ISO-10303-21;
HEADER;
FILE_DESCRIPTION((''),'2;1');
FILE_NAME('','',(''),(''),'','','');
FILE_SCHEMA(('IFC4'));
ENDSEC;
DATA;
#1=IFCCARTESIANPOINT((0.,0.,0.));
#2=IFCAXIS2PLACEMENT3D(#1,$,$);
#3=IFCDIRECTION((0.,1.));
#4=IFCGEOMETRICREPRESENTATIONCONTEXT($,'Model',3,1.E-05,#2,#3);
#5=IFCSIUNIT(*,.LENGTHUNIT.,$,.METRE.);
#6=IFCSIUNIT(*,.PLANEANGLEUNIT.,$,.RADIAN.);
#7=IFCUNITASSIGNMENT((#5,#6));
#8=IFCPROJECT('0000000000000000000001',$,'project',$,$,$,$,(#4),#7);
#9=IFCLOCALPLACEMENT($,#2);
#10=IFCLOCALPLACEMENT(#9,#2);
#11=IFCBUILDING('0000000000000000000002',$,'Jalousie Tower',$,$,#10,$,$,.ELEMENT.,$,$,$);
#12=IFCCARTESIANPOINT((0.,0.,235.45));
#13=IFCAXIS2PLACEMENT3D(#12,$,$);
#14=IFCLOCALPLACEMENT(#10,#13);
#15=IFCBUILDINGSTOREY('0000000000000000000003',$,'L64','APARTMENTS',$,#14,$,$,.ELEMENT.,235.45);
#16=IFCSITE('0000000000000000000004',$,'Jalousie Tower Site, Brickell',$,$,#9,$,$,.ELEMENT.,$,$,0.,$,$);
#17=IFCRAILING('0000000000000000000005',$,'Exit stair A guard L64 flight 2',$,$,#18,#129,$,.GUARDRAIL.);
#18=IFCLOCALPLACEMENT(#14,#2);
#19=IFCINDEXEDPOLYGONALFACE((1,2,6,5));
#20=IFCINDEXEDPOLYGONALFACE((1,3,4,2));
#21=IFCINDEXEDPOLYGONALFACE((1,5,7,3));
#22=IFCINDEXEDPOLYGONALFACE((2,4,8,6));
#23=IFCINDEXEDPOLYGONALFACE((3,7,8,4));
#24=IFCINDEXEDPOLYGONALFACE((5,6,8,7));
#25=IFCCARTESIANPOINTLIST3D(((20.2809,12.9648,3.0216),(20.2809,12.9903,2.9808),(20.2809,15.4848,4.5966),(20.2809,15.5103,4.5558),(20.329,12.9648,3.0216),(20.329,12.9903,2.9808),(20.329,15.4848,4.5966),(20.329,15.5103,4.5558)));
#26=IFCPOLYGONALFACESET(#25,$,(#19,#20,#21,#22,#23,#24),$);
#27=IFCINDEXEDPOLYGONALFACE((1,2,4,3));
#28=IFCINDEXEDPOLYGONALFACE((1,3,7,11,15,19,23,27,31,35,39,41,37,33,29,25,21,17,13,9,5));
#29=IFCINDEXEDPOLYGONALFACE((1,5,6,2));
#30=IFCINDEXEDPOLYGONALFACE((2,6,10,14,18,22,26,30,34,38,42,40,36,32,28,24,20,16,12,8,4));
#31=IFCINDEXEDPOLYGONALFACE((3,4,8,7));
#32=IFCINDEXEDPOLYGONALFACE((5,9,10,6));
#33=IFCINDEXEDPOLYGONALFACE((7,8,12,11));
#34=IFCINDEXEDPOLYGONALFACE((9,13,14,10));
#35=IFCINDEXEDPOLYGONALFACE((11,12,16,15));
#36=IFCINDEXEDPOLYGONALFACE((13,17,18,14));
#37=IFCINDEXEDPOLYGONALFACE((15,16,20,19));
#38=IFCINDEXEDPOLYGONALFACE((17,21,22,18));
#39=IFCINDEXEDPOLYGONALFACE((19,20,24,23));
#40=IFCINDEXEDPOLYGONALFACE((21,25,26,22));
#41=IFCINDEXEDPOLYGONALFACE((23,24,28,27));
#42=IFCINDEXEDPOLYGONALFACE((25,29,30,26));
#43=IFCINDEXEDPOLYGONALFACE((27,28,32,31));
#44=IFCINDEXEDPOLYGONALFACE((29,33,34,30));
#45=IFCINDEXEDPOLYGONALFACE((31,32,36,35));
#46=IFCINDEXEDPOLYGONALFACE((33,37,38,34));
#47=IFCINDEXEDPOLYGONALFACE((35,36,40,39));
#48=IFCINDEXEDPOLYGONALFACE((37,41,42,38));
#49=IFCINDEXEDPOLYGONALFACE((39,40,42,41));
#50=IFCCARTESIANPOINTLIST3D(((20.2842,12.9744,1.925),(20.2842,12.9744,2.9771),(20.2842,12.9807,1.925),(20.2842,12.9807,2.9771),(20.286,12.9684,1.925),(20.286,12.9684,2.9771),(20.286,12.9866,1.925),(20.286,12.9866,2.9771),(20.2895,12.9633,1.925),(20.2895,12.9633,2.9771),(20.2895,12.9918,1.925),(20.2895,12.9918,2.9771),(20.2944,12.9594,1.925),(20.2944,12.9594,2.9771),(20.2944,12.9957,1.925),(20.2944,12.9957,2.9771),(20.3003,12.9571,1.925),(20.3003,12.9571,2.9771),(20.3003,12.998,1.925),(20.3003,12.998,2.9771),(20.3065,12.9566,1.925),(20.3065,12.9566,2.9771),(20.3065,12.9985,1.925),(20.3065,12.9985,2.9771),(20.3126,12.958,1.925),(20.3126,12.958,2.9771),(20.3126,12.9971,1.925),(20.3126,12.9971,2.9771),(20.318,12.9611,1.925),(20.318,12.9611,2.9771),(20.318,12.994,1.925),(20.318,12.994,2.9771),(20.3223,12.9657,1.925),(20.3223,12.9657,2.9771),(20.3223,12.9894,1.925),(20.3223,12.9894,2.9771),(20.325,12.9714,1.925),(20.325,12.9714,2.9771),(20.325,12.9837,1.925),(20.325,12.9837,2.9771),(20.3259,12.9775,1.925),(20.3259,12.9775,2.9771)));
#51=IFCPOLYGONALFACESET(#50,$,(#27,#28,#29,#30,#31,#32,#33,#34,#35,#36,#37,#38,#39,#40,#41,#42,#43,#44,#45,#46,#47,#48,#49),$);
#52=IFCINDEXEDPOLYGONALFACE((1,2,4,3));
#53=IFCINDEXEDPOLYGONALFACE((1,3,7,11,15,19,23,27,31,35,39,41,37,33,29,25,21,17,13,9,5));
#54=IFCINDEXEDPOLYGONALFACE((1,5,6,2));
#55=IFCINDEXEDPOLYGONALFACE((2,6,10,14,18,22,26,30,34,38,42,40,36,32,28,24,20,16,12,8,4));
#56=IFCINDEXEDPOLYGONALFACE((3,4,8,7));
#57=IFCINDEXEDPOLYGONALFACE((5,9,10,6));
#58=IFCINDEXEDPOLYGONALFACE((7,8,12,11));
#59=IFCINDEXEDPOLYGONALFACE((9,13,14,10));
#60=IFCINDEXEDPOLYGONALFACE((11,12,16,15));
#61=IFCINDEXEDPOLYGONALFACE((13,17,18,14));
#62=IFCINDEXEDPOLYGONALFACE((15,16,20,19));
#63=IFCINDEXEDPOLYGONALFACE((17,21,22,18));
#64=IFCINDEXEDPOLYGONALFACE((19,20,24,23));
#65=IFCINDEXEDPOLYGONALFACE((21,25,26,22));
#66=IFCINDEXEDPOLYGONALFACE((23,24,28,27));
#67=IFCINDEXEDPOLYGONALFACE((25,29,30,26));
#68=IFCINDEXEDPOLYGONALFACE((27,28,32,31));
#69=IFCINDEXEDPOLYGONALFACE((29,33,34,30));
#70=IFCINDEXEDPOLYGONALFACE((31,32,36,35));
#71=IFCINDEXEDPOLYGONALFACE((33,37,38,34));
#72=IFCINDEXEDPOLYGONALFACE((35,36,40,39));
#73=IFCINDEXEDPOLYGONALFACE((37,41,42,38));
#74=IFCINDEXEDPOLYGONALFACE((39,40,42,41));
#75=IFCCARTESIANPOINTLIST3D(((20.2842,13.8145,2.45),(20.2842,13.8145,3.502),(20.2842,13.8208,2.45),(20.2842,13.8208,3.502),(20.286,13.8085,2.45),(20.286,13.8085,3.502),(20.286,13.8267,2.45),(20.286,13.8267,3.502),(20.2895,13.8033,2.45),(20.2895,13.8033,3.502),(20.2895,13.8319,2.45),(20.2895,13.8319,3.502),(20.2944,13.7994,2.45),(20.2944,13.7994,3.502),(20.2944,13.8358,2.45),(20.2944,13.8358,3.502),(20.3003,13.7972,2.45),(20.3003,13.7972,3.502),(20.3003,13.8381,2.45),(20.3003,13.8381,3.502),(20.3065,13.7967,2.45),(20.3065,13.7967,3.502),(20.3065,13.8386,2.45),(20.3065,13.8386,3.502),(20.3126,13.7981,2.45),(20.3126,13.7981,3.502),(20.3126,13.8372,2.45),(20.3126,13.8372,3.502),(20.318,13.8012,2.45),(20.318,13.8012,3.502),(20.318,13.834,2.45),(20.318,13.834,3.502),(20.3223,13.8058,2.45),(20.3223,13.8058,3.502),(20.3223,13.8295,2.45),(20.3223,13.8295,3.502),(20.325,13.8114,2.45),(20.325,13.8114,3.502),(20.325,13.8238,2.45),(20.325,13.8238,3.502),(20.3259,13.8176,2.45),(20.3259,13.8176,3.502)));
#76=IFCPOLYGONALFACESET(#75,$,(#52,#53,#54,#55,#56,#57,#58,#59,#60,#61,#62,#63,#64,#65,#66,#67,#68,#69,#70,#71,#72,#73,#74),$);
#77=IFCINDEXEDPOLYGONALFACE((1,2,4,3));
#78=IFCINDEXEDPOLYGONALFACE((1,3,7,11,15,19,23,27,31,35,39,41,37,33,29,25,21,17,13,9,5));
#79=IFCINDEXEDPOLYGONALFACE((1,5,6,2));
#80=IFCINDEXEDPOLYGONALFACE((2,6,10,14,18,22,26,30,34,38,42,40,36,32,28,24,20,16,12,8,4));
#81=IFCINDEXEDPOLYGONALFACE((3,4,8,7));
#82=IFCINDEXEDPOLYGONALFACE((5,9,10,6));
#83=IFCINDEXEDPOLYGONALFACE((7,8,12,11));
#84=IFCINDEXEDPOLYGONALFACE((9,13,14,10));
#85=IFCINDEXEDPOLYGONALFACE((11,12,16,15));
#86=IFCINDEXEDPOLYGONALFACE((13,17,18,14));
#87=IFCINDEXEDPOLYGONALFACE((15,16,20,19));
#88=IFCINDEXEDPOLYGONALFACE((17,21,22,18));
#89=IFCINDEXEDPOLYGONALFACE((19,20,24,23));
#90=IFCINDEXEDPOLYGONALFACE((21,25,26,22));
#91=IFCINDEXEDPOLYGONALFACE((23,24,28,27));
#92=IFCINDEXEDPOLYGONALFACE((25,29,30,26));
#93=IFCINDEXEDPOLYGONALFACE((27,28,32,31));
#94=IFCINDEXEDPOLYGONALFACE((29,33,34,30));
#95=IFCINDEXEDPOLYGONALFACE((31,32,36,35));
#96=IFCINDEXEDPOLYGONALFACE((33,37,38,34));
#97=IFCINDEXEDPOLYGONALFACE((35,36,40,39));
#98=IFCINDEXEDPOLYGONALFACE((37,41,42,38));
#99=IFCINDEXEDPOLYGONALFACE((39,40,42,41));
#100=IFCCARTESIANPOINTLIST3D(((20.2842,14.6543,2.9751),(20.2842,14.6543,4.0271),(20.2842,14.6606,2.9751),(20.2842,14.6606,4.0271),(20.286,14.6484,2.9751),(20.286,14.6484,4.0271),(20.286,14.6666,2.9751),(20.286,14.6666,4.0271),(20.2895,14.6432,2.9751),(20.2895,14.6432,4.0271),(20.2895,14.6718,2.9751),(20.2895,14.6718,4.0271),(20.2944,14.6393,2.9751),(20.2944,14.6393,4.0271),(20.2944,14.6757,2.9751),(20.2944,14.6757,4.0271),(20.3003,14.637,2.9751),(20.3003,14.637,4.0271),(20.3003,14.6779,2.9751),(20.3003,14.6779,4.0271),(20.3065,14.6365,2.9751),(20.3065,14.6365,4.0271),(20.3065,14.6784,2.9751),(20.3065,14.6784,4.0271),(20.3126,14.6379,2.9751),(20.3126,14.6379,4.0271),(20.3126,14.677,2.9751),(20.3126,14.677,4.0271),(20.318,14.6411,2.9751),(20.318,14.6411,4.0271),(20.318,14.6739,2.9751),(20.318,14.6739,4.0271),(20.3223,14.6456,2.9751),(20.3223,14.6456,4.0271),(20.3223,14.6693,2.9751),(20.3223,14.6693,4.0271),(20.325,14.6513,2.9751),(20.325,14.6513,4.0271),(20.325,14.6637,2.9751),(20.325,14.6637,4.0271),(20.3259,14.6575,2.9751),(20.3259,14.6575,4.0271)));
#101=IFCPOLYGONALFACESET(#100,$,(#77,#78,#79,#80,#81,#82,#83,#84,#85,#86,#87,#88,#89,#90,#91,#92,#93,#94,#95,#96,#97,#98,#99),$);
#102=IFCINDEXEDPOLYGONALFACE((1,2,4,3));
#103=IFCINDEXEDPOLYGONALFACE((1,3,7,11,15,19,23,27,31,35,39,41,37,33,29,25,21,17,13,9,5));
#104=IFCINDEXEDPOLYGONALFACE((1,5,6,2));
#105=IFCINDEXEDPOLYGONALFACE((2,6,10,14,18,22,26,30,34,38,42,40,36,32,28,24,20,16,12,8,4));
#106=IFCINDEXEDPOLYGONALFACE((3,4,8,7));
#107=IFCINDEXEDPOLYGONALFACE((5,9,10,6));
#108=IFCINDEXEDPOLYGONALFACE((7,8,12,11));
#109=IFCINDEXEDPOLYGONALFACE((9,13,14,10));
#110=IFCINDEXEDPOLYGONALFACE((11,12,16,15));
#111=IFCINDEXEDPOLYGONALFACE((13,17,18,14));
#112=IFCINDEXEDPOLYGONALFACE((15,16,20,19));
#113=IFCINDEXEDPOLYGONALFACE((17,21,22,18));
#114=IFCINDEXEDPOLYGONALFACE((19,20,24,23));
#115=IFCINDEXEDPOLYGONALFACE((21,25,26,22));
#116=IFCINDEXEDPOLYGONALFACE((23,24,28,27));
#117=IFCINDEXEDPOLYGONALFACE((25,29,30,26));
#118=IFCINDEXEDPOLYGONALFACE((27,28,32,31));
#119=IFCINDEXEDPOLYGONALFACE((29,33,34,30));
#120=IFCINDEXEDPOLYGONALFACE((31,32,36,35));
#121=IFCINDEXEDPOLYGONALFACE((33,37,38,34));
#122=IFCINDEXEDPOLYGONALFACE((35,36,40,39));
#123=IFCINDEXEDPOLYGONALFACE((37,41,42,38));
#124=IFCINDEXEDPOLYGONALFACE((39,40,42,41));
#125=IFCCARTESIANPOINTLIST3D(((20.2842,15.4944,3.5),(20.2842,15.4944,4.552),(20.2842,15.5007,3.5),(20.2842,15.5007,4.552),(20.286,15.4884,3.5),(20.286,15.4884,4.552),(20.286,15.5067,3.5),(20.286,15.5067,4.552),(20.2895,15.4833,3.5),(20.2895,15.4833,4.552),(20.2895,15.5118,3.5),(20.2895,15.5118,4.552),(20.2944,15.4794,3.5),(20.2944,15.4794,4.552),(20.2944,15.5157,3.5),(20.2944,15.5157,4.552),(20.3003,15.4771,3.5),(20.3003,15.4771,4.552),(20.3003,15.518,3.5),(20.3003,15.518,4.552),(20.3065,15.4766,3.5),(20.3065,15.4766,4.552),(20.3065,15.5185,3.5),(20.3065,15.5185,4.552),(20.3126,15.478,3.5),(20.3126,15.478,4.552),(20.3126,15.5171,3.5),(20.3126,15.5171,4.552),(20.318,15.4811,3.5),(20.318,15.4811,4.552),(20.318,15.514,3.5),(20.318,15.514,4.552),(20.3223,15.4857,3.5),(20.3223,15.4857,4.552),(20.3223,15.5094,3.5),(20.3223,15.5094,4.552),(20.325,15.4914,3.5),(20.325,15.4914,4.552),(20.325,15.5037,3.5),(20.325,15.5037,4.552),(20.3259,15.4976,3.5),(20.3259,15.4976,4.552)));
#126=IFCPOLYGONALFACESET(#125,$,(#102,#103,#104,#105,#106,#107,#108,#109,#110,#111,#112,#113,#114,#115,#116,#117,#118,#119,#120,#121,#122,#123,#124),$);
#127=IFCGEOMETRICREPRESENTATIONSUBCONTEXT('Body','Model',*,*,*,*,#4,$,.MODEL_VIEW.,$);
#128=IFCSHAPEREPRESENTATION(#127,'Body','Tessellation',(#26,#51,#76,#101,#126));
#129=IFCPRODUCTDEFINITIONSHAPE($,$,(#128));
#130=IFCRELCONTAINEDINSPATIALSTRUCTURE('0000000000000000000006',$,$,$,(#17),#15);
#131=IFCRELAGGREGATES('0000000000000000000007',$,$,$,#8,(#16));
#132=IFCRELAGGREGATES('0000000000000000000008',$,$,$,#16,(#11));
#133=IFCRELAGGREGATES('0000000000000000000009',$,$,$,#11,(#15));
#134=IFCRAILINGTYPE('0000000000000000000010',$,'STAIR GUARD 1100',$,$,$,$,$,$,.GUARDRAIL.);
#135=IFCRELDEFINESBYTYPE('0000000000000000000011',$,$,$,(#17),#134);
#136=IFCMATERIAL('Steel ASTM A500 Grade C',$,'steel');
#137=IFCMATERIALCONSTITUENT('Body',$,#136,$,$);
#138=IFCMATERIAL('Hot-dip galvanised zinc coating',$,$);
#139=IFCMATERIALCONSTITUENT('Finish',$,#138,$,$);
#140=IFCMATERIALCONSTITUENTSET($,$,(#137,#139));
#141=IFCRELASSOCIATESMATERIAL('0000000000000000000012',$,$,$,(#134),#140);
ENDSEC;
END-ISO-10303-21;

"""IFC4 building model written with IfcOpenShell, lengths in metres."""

from ifc_helpers import new_model, si_unit, direction, frame, origin, origin_2d, place, context, subcontext, project, spatial, rectangle, circle, extrude, material, constituent, constituent_set, type_object, element, save


model = new_model("IFC4")

# Units and contexts
model_context = context("Model", 3, precision=1e-05, world=origin(), true_north=direction((0.0, 1.0)))
body_context = subcontext(model_context, "Body", "Model", "MODEL_VIEW")
ifc_project = project(units=[si_unit("LENGTHUNIT", "METRE"), si_unit("PLANEANGLEUNIT", "RADIAN")], contexts=[model_context])

# Site, building, storey
site_placement = place(None, origin())
site = spatial("IfcSite", under=ifc_project, at=site_placement, Name="Jalousie Tower Site, Brickell", CompositionType="ELEMENT", RefElevation=0.0)
building_placement = place(site_placement, origin())
building = spatial("IfcBuilding", under=site, at=building_placement, Name="Jalousie Tower", CompositionType="ELEMENT")
storey_placement = place(building_placement, frame((0.0, 0.0, 235.45)))
storey = spatial("IfcBuildingStorey", under=building, at=storey_placement, Name="L64", Description="APARTMENTS", CompositionType="ELEMENT", Elevation=235.45)

# Railing
ifc_material_1 = material(Name="Steel ASTM A500 Grade C", Category="steel")
ifc_constituent_1 = constituent(ifc_material_1, Name="Body")
ifc_material_2 = material(Name="Hot-dip galvanised zinc coating")
ifc_constituent_2 = constituent(ifc_material_2, Name="Finish")
ifc_constituent_set_1 = constituent_set(constituents=[ifc_constituent_1, ifc_constituent_2])
railing_type_1 = type_object("IfcRailingType", Name="STAIR GUARD 1100", PredefinedType="GUARDRAIL", material=ifc_constituent_set_1)
railing_1_placement = place(storey_placement, frame((20.3049, 12.9775, 1.925)))
element("IfcRailing", 1, at=railing_1_placement, inside=storey, type_object=railing_type_1, Name="Exit stair A guard L64 flight 2", PredefinedType="GUARDRAIL", context=body_context, shape_type="SweptSolid", body=[
    extrude(rectangle(XDim=0.0481, YDim=0.0481, at=origin_2d()), frame((0.0, 0.0, 1.0762), z_axis=(0.0, 0.848008, 0.529984), x_axis=(-1.0, 0.0, 0.0)), (0.0, 0.0, 1.0), 2.9717),
    extrude(circle(Radius=0.021, at=origin_2d()), origin(), (0.0, 0.0, 1.0), 1.052),
    extrude(circle(Radius=0.021, at=origin_2d()), frame((0.0, 0.8401, 0.5249)), (0.0, 0.0, 1.0), 1.052),
    extrude(circle(Radius=0.021, at=origin_2d()), frame((0.0, 1.6799, 1.05)), (0.0, 0.0, 1.0), 1.052),
    extrude(circle(Radius=0.021, at=origin_2d()), frame((0.0, 2.52, 1.575)), (0.0, 0.0, 1.0), 1.052),
])

save(model, "model.ifc")
